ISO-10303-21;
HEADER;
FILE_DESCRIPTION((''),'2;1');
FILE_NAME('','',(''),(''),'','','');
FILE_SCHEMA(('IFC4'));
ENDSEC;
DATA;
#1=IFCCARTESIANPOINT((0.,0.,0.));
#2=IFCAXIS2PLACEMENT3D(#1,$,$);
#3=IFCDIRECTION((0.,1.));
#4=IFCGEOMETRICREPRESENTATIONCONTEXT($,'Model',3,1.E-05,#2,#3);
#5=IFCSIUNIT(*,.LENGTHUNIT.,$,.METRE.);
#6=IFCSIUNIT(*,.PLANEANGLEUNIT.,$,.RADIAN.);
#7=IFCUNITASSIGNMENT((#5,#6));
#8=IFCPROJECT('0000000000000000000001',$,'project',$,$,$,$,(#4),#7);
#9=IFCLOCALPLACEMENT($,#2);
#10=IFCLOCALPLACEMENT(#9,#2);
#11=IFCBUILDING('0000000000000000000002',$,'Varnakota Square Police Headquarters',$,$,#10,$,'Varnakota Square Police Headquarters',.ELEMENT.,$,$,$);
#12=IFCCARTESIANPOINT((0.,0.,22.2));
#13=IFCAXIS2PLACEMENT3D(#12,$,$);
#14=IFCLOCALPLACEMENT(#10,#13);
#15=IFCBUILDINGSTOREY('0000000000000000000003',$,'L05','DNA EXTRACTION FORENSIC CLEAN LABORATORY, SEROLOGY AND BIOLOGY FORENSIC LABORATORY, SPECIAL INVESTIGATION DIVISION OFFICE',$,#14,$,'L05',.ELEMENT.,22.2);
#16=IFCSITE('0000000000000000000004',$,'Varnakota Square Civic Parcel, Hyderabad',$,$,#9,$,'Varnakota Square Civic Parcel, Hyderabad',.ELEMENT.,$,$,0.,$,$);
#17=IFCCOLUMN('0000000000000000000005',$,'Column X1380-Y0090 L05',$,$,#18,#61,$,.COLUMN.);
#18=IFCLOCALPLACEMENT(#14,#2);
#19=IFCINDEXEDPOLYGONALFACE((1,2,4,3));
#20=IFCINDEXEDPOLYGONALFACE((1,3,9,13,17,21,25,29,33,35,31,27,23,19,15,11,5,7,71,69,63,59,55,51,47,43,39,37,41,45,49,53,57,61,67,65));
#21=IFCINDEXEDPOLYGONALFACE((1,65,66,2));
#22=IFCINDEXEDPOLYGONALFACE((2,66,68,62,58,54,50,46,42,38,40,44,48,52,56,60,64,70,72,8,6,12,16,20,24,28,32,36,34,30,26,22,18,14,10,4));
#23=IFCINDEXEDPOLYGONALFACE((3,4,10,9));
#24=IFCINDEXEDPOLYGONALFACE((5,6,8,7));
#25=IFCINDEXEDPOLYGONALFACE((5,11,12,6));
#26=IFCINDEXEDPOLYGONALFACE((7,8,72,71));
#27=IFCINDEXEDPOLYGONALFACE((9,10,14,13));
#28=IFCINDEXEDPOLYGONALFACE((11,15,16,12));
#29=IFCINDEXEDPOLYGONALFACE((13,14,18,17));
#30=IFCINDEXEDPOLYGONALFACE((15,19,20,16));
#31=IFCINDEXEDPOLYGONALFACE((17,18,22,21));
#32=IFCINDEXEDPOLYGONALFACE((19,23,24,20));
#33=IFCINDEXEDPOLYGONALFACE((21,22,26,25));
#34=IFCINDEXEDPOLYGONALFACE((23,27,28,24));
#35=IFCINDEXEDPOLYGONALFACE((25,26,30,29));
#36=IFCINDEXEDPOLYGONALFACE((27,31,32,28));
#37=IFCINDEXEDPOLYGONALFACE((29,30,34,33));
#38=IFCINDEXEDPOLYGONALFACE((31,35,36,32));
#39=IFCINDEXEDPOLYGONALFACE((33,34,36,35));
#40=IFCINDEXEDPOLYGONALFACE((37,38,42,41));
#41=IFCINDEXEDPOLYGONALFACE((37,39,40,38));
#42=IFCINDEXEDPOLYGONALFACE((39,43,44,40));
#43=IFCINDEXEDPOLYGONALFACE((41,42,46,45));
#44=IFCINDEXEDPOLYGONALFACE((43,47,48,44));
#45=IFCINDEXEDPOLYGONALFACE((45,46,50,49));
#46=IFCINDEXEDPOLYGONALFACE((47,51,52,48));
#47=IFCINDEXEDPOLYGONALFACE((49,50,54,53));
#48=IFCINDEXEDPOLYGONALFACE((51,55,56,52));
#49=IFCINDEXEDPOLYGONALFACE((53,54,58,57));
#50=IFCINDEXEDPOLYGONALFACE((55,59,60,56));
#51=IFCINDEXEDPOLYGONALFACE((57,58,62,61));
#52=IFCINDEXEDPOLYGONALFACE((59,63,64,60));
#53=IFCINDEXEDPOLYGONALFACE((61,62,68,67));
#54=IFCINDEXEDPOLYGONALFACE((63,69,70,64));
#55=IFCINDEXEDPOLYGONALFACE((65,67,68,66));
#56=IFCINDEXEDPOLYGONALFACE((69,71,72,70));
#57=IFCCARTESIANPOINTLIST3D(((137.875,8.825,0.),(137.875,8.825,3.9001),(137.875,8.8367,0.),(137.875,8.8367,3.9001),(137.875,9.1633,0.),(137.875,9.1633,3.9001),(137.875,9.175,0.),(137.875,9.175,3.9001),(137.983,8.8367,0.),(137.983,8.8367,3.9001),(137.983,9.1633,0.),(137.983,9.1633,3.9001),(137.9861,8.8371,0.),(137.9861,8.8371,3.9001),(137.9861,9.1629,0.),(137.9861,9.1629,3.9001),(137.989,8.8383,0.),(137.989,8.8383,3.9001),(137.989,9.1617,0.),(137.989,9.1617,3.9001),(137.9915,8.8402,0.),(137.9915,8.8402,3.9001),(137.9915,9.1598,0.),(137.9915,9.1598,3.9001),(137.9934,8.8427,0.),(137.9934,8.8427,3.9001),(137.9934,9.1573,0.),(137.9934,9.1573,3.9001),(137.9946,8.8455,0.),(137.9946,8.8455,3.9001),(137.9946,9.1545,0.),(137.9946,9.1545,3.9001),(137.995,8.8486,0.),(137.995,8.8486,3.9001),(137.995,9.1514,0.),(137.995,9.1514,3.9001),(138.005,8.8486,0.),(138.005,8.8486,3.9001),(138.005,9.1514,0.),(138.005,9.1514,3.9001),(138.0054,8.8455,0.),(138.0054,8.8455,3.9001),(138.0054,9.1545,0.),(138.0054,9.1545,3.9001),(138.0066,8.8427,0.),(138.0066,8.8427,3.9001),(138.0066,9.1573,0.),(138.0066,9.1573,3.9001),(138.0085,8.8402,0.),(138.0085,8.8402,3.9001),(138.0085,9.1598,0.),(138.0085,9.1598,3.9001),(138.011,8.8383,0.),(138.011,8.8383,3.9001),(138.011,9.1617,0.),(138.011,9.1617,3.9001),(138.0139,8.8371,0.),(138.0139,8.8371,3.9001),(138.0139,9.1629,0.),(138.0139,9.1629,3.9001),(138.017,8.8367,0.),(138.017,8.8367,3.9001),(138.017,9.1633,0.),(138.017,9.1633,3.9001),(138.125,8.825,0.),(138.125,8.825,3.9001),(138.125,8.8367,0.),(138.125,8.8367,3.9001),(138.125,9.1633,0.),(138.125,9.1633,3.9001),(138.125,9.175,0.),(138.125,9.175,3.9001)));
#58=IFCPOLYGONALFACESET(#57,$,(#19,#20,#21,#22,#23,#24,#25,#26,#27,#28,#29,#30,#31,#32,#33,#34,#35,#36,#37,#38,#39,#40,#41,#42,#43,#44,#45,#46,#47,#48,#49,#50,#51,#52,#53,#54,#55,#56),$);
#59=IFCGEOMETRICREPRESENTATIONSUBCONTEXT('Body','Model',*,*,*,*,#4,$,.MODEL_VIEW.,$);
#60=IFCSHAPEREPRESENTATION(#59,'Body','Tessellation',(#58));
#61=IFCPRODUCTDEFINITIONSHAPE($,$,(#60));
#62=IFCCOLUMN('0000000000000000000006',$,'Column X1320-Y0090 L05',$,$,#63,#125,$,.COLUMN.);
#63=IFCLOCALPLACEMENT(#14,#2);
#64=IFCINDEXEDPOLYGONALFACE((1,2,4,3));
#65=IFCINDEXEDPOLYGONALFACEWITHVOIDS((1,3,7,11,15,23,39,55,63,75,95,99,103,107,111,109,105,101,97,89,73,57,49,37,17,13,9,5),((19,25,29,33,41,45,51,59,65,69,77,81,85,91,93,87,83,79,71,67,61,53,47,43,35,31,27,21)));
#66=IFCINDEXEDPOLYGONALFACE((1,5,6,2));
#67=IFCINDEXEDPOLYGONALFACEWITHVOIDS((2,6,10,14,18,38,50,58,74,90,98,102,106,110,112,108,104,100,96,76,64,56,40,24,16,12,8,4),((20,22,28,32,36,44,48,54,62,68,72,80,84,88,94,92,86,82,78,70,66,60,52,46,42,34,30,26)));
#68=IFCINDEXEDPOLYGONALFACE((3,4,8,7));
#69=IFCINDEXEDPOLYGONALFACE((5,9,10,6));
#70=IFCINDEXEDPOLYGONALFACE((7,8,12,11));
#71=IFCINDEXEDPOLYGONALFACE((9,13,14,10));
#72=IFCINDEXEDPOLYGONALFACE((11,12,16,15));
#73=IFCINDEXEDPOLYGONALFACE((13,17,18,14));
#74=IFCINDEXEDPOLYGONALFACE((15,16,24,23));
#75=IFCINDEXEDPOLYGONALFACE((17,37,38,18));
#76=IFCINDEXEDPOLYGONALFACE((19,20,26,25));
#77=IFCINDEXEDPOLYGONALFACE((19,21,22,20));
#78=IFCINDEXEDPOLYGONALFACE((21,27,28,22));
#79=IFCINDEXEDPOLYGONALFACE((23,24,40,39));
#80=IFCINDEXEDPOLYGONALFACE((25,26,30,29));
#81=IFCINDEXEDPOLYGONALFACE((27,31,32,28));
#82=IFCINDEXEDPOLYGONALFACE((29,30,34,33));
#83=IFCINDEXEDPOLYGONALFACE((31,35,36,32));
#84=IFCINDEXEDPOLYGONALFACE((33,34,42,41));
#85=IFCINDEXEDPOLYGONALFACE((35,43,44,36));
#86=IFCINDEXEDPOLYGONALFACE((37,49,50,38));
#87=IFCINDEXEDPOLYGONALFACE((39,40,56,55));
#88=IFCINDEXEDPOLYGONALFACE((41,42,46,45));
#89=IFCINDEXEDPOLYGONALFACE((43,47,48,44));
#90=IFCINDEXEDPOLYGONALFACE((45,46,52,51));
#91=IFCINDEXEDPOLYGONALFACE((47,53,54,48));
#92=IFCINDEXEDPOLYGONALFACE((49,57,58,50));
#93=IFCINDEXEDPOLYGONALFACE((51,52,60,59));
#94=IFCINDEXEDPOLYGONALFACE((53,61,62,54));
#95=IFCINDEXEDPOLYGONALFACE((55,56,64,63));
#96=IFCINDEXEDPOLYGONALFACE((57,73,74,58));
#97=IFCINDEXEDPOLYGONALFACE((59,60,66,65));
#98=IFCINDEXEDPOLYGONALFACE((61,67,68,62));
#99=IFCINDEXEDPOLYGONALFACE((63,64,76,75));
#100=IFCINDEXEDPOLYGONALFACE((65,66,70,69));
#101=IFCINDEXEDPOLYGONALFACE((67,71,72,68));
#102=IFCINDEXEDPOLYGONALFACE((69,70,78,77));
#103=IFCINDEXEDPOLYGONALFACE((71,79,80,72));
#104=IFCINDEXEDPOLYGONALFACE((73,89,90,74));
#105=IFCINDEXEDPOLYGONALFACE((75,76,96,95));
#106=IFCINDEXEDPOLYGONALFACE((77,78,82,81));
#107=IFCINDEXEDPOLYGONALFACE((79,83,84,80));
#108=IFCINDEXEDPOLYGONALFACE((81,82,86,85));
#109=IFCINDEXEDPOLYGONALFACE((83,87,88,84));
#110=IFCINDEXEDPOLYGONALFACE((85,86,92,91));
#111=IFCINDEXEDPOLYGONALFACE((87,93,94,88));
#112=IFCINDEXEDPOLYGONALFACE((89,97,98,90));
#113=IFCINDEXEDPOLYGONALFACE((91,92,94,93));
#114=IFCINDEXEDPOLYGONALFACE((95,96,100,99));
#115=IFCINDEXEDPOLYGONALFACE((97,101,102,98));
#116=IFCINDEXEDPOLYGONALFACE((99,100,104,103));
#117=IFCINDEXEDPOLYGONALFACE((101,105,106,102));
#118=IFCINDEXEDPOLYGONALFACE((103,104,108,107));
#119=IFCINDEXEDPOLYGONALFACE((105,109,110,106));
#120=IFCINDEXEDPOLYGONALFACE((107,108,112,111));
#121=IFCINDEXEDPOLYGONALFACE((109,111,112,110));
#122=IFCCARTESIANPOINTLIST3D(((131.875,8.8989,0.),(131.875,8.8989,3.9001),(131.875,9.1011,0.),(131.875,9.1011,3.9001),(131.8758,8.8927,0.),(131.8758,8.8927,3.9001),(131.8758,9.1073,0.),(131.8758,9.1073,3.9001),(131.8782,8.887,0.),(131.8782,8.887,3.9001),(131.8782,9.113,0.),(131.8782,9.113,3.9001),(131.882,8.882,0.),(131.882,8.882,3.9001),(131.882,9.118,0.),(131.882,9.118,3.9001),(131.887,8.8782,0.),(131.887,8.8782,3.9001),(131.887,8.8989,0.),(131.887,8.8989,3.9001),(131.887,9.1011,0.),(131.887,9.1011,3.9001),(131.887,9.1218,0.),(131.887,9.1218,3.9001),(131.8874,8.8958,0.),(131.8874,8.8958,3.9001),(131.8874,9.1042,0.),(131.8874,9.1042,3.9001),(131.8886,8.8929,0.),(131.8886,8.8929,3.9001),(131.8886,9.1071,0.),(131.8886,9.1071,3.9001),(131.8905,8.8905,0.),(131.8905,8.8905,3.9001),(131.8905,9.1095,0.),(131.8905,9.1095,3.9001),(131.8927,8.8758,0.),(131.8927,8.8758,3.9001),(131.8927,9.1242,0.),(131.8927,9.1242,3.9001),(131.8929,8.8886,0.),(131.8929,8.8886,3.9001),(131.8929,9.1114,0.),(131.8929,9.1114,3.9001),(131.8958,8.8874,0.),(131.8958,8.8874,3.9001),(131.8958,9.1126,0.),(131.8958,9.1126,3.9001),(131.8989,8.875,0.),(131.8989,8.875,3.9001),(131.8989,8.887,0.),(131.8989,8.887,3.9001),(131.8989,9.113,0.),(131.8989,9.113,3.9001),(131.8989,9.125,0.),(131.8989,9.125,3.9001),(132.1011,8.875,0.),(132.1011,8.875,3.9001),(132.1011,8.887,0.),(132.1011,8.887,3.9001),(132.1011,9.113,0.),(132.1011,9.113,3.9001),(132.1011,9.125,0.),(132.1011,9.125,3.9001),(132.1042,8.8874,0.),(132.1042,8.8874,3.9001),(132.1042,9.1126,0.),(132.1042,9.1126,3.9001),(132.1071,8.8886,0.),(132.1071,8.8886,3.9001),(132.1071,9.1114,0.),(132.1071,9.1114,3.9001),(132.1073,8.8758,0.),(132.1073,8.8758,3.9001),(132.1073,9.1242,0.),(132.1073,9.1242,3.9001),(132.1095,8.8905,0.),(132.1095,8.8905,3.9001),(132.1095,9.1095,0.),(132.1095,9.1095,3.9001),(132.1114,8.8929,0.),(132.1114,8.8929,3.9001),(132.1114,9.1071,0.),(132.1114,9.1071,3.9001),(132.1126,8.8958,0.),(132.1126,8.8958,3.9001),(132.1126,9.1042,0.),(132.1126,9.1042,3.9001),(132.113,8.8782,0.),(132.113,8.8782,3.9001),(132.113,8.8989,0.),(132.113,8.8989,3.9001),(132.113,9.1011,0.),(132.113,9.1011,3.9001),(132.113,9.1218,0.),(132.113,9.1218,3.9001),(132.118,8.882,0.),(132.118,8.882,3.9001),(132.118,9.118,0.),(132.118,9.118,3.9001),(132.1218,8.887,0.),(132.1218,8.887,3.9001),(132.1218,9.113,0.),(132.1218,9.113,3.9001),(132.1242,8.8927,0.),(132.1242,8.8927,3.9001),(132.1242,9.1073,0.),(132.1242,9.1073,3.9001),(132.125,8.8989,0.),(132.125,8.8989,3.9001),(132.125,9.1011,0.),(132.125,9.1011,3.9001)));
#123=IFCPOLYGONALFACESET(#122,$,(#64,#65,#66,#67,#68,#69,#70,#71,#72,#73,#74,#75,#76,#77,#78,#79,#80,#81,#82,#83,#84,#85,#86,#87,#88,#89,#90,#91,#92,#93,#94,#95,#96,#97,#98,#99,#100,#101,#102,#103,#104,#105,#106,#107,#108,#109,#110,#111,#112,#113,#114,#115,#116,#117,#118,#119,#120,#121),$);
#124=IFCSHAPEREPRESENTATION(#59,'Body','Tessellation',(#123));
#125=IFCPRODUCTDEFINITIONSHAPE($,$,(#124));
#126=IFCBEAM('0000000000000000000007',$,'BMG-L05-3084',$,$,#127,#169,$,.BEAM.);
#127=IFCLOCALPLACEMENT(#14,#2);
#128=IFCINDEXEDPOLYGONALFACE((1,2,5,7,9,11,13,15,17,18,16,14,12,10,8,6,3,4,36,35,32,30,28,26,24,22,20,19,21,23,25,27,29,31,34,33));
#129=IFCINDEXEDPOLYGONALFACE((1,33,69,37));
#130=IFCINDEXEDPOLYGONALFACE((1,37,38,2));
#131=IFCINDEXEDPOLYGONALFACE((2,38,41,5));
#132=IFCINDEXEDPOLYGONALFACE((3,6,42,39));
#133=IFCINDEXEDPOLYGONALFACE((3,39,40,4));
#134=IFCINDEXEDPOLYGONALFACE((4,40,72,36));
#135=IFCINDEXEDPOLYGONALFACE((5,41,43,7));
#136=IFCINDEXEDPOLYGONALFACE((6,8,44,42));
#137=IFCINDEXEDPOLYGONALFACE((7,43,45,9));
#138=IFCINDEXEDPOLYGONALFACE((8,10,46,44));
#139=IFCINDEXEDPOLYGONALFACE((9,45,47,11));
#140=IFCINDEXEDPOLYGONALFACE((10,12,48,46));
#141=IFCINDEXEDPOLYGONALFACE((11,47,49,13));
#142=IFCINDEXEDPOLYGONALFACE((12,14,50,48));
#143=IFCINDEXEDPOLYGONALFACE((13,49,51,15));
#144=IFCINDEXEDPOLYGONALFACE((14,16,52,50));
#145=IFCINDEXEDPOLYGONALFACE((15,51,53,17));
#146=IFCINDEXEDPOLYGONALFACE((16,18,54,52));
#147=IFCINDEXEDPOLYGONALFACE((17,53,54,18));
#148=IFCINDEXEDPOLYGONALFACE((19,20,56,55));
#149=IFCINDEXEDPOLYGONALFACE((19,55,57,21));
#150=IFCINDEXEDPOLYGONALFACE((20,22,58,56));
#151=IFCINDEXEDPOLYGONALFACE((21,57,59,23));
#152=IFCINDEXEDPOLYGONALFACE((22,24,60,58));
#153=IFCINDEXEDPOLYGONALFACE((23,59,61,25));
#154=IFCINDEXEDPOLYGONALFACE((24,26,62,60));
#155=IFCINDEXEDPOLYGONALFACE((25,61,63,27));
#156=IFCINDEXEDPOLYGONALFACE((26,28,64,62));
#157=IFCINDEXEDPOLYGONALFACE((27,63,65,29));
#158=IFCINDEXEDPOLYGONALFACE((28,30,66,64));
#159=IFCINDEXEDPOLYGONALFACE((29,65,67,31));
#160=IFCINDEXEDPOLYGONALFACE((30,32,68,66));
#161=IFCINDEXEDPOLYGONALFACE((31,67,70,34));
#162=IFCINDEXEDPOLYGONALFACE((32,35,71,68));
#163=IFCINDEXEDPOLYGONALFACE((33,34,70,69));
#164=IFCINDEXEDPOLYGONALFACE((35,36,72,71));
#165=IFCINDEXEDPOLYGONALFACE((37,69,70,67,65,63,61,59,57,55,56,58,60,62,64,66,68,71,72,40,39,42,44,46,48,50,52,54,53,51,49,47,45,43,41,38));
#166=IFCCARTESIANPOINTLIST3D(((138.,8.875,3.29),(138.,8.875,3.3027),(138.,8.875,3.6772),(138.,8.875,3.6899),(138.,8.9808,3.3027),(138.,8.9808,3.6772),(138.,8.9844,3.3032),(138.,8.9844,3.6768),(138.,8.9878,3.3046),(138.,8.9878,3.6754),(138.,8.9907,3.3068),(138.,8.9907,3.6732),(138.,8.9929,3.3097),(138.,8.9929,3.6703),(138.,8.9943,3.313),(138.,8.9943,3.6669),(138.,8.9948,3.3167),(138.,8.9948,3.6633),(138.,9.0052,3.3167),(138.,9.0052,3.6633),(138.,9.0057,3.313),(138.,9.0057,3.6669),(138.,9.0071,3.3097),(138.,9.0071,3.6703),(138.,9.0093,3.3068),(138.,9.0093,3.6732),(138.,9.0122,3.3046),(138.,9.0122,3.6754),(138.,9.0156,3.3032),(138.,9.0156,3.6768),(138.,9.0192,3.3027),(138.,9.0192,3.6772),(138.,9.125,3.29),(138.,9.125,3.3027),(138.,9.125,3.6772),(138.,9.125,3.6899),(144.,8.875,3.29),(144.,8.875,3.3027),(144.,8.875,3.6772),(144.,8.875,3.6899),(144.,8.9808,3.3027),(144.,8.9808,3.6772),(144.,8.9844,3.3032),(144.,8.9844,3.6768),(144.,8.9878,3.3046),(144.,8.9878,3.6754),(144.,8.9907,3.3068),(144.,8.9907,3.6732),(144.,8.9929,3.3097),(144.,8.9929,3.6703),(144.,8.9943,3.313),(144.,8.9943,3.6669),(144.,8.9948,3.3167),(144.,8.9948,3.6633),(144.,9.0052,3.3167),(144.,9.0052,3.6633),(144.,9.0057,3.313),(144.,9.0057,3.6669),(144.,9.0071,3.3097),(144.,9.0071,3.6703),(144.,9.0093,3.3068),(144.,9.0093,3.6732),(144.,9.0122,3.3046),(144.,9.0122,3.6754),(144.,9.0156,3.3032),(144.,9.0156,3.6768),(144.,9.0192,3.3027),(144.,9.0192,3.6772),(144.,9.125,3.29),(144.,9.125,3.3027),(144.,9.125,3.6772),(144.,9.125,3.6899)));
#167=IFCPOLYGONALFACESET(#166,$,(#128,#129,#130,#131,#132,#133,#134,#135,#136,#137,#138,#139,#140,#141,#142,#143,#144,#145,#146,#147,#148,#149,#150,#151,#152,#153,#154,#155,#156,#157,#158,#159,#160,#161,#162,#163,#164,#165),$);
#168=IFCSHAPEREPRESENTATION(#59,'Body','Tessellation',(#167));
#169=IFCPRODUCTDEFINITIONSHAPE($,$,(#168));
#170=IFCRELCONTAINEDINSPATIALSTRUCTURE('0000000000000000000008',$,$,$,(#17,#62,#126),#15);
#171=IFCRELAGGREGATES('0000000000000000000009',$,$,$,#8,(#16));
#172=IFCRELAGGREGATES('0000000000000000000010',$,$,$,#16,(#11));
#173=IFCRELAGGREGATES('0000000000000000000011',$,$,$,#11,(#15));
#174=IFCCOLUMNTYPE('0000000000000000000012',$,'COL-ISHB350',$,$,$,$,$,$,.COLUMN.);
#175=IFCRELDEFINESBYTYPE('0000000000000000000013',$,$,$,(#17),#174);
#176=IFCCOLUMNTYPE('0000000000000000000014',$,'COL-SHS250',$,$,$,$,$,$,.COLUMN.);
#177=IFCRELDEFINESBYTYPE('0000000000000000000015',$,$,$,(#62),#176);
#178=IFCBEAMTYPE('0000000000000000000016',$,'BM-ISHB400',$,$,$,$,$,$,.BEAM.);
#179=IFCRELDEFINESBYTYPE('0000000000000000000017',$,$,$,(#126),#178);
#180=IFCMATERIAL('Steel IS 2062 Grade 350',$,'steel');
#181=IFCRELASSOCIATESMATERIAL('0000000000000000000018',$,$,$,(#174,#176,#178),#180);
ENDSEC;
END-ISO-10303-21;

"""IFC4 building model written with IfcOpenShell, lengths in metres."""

from ifc_helpers import new_model, si_unit, direction, frame, origin, origin_2d, place, context, subcontext, project, spatial, hollow_rectangle, i_section, extrude, material, material_profile, profile_set, type_object, element, save


model = new_model("IFC4")

# Units and contexts
model_context = context("Model", 3, precision=1e-05, world=origin(), true_north=direction((0.0, 1.0)))
body_context = subcontext(model_context, "Body", "Model", "MODEL_VIEW")
ifc_project = project(units=[si_unit("LENGTHUNIT", "METRE"), si_unit("PLANEANGLEUNIT", "RADIAN")], contexts=[model_context])

# Site, building, storey
site_placement = place(None, origin())
site = spatial("IfcSite", under=ifc_project, at=site_placement, Name="Varnakota Square Civic Parcel, Hyderabad", LongName="Varnakota Square Civic Parcel, Hyderabad", CompositionType="ELEMENT", RefElevation=0.0)
building_placement = place(site_placement, origin())
building = spatial("IfcBuilding", under=site, at=building_placement, Name="Varnakota Square Police Headquarters", LongName="Varnakota Square Police Headquarters", CompositionType="ELEMENT")
storey_placement = place(building_placement, frame((0.0, 0.0, 22.2)))
storey = spatial("IfcBuildingStorey", under=building, at=storey_placement, Name="L05", Description="DNA EXTRACTION FORENSIC CLEAN LABORATORY, SEROLOGY AND BIOLOGY FORENSIC LABORATORY, SPECIAL INVESTIGATION DIVISION OFFICE", LongName="L05", CompositionType="ELEMENT", Elevation=22.2)

# Columns
ifc_material_1 = material(Name="Steel IS 2062 Grade 350", Category="steel")
ifc_material_profile_1 = material_profile(ifc_material_1, i_section(OverallWidth=0.25, OverallDepth=0.3501, WebThickness=0.01, FlangeThickness=0.0117, FilletRadius=0.012, at=origin_2d()), Name="ISHB 350")
ifc_profile_set_1 = profile_set([ifc_material_profile_1], Name="Steel IS 2062 Grade 350")
column_type_1 = type_object("IfcColumnType", Name="COL-ISHB350", PredefinedType="COLUMN", material=ifc_profile_set_1)
column_1_placement = place(storey_placement, frame((138.0, 9.0, 0.0), z_axis=(0.0, 0.0, 1.0), x_axis=(1.0, 0.0, 0.0)))
element("IfcColumn", 1, at=column_1_placement, inside=storey, type_object=column_type_1, Name="Column X1380-Y0090 L05", PredefinedType="COLUMN", context=body_context, shape_type="SweptSolid", body=[
    extrude(i_section(OverallWidth=0.25, OverallDepth=0.3501, WebThickness=0.01, FlangeThickness=0.0117, FilletRadius=0.012, at=origin_2d()), origin(), (0.0, 0.0, 1.0), 3.9001),
])
ifc_material_profile_2 = material_profile(ifc_material_1, hollow_rectangle(XDim=0.25, YDim=0.25, WallThickness=0.012, InnerFilletRadius=0.012, OuterFilletRadius=0.0239, at=origin_2d()), Name="SHS 250x250x12")
ifc_profile_set_2 = profile_set([ifc_material_profile_2], Name="Steel IS 2062 Grade 350")
column_type_2 = type_object("IfcColumnType", Name="COL-SHS250", PredefinedType="COLUMN", material=ifc_profile_set_2)
column_2_placement = place(storey_placement, frame((132.0, 9.0, 0.0), z_axis=(0.0, 0.0, 1.0), x_axis=(1.0, 0.0, 0.0)))
element("IfcColumn", 2, at=column_2_placement, inside=storey, type_object=column_type_2, Name="Column X1320-Y0090 L05", PredefinedType="COLUMN", context=body_context, shape_type="SweptSolid", body=[
    extrude(hollow_rectangle(XDim=0.25, YDim=0.25, WallThickness=0.012, InnerFilletRadius=0.012, OuterFilletRadius=0.0239, at=origin_2d()), origin(), (0.0, 0.0, 1.0), 3.9001),
])

# Beam
ifc_material_profile_3 = material_profile(ifc_material_1, i_section(OverallWidth=0.25, OverallDepth=0.3999, WebThickness=0.0105, FlangeThickness=0.0127, FilletRadius=0.0139, at=origin_2d()), Name="ISHB 400")
ifc_profile_set_3 = profile_set([ifc_material_profile_3], Name="Steel IS 2062 Grade 350")
beam_type_1 = type_object("IfcBeamType", Name="BM-ISHB400", PredefinedType="BEAM", material=ifc_profile_set_3)
beam_1_placement = place(storey_placement, frame((138.0, 9.0, 3.49), z_axis=(1.0, 0.0, 0.0), x_axis=(0.0, 1.0, 0.0)))
element("IfcBeam", 3, at=beam_1_placement, inside=storey, type_object=beam_type_1, Name="BMG-L05-3084", PredefinedType="BEAM", context=body_context, shape_type="SweptSolid", body=[
    extrude(i_section(OverallWidth=0.25, OverallDepth=0.3999, WebThickness=0.0105, FlangeThickness=0.0127, FilletRadius=0.0139, at=origin_2d()), origin(), (0.0, 0.0, 1.0), 6.0),
])

save(model, "model.ifc")
